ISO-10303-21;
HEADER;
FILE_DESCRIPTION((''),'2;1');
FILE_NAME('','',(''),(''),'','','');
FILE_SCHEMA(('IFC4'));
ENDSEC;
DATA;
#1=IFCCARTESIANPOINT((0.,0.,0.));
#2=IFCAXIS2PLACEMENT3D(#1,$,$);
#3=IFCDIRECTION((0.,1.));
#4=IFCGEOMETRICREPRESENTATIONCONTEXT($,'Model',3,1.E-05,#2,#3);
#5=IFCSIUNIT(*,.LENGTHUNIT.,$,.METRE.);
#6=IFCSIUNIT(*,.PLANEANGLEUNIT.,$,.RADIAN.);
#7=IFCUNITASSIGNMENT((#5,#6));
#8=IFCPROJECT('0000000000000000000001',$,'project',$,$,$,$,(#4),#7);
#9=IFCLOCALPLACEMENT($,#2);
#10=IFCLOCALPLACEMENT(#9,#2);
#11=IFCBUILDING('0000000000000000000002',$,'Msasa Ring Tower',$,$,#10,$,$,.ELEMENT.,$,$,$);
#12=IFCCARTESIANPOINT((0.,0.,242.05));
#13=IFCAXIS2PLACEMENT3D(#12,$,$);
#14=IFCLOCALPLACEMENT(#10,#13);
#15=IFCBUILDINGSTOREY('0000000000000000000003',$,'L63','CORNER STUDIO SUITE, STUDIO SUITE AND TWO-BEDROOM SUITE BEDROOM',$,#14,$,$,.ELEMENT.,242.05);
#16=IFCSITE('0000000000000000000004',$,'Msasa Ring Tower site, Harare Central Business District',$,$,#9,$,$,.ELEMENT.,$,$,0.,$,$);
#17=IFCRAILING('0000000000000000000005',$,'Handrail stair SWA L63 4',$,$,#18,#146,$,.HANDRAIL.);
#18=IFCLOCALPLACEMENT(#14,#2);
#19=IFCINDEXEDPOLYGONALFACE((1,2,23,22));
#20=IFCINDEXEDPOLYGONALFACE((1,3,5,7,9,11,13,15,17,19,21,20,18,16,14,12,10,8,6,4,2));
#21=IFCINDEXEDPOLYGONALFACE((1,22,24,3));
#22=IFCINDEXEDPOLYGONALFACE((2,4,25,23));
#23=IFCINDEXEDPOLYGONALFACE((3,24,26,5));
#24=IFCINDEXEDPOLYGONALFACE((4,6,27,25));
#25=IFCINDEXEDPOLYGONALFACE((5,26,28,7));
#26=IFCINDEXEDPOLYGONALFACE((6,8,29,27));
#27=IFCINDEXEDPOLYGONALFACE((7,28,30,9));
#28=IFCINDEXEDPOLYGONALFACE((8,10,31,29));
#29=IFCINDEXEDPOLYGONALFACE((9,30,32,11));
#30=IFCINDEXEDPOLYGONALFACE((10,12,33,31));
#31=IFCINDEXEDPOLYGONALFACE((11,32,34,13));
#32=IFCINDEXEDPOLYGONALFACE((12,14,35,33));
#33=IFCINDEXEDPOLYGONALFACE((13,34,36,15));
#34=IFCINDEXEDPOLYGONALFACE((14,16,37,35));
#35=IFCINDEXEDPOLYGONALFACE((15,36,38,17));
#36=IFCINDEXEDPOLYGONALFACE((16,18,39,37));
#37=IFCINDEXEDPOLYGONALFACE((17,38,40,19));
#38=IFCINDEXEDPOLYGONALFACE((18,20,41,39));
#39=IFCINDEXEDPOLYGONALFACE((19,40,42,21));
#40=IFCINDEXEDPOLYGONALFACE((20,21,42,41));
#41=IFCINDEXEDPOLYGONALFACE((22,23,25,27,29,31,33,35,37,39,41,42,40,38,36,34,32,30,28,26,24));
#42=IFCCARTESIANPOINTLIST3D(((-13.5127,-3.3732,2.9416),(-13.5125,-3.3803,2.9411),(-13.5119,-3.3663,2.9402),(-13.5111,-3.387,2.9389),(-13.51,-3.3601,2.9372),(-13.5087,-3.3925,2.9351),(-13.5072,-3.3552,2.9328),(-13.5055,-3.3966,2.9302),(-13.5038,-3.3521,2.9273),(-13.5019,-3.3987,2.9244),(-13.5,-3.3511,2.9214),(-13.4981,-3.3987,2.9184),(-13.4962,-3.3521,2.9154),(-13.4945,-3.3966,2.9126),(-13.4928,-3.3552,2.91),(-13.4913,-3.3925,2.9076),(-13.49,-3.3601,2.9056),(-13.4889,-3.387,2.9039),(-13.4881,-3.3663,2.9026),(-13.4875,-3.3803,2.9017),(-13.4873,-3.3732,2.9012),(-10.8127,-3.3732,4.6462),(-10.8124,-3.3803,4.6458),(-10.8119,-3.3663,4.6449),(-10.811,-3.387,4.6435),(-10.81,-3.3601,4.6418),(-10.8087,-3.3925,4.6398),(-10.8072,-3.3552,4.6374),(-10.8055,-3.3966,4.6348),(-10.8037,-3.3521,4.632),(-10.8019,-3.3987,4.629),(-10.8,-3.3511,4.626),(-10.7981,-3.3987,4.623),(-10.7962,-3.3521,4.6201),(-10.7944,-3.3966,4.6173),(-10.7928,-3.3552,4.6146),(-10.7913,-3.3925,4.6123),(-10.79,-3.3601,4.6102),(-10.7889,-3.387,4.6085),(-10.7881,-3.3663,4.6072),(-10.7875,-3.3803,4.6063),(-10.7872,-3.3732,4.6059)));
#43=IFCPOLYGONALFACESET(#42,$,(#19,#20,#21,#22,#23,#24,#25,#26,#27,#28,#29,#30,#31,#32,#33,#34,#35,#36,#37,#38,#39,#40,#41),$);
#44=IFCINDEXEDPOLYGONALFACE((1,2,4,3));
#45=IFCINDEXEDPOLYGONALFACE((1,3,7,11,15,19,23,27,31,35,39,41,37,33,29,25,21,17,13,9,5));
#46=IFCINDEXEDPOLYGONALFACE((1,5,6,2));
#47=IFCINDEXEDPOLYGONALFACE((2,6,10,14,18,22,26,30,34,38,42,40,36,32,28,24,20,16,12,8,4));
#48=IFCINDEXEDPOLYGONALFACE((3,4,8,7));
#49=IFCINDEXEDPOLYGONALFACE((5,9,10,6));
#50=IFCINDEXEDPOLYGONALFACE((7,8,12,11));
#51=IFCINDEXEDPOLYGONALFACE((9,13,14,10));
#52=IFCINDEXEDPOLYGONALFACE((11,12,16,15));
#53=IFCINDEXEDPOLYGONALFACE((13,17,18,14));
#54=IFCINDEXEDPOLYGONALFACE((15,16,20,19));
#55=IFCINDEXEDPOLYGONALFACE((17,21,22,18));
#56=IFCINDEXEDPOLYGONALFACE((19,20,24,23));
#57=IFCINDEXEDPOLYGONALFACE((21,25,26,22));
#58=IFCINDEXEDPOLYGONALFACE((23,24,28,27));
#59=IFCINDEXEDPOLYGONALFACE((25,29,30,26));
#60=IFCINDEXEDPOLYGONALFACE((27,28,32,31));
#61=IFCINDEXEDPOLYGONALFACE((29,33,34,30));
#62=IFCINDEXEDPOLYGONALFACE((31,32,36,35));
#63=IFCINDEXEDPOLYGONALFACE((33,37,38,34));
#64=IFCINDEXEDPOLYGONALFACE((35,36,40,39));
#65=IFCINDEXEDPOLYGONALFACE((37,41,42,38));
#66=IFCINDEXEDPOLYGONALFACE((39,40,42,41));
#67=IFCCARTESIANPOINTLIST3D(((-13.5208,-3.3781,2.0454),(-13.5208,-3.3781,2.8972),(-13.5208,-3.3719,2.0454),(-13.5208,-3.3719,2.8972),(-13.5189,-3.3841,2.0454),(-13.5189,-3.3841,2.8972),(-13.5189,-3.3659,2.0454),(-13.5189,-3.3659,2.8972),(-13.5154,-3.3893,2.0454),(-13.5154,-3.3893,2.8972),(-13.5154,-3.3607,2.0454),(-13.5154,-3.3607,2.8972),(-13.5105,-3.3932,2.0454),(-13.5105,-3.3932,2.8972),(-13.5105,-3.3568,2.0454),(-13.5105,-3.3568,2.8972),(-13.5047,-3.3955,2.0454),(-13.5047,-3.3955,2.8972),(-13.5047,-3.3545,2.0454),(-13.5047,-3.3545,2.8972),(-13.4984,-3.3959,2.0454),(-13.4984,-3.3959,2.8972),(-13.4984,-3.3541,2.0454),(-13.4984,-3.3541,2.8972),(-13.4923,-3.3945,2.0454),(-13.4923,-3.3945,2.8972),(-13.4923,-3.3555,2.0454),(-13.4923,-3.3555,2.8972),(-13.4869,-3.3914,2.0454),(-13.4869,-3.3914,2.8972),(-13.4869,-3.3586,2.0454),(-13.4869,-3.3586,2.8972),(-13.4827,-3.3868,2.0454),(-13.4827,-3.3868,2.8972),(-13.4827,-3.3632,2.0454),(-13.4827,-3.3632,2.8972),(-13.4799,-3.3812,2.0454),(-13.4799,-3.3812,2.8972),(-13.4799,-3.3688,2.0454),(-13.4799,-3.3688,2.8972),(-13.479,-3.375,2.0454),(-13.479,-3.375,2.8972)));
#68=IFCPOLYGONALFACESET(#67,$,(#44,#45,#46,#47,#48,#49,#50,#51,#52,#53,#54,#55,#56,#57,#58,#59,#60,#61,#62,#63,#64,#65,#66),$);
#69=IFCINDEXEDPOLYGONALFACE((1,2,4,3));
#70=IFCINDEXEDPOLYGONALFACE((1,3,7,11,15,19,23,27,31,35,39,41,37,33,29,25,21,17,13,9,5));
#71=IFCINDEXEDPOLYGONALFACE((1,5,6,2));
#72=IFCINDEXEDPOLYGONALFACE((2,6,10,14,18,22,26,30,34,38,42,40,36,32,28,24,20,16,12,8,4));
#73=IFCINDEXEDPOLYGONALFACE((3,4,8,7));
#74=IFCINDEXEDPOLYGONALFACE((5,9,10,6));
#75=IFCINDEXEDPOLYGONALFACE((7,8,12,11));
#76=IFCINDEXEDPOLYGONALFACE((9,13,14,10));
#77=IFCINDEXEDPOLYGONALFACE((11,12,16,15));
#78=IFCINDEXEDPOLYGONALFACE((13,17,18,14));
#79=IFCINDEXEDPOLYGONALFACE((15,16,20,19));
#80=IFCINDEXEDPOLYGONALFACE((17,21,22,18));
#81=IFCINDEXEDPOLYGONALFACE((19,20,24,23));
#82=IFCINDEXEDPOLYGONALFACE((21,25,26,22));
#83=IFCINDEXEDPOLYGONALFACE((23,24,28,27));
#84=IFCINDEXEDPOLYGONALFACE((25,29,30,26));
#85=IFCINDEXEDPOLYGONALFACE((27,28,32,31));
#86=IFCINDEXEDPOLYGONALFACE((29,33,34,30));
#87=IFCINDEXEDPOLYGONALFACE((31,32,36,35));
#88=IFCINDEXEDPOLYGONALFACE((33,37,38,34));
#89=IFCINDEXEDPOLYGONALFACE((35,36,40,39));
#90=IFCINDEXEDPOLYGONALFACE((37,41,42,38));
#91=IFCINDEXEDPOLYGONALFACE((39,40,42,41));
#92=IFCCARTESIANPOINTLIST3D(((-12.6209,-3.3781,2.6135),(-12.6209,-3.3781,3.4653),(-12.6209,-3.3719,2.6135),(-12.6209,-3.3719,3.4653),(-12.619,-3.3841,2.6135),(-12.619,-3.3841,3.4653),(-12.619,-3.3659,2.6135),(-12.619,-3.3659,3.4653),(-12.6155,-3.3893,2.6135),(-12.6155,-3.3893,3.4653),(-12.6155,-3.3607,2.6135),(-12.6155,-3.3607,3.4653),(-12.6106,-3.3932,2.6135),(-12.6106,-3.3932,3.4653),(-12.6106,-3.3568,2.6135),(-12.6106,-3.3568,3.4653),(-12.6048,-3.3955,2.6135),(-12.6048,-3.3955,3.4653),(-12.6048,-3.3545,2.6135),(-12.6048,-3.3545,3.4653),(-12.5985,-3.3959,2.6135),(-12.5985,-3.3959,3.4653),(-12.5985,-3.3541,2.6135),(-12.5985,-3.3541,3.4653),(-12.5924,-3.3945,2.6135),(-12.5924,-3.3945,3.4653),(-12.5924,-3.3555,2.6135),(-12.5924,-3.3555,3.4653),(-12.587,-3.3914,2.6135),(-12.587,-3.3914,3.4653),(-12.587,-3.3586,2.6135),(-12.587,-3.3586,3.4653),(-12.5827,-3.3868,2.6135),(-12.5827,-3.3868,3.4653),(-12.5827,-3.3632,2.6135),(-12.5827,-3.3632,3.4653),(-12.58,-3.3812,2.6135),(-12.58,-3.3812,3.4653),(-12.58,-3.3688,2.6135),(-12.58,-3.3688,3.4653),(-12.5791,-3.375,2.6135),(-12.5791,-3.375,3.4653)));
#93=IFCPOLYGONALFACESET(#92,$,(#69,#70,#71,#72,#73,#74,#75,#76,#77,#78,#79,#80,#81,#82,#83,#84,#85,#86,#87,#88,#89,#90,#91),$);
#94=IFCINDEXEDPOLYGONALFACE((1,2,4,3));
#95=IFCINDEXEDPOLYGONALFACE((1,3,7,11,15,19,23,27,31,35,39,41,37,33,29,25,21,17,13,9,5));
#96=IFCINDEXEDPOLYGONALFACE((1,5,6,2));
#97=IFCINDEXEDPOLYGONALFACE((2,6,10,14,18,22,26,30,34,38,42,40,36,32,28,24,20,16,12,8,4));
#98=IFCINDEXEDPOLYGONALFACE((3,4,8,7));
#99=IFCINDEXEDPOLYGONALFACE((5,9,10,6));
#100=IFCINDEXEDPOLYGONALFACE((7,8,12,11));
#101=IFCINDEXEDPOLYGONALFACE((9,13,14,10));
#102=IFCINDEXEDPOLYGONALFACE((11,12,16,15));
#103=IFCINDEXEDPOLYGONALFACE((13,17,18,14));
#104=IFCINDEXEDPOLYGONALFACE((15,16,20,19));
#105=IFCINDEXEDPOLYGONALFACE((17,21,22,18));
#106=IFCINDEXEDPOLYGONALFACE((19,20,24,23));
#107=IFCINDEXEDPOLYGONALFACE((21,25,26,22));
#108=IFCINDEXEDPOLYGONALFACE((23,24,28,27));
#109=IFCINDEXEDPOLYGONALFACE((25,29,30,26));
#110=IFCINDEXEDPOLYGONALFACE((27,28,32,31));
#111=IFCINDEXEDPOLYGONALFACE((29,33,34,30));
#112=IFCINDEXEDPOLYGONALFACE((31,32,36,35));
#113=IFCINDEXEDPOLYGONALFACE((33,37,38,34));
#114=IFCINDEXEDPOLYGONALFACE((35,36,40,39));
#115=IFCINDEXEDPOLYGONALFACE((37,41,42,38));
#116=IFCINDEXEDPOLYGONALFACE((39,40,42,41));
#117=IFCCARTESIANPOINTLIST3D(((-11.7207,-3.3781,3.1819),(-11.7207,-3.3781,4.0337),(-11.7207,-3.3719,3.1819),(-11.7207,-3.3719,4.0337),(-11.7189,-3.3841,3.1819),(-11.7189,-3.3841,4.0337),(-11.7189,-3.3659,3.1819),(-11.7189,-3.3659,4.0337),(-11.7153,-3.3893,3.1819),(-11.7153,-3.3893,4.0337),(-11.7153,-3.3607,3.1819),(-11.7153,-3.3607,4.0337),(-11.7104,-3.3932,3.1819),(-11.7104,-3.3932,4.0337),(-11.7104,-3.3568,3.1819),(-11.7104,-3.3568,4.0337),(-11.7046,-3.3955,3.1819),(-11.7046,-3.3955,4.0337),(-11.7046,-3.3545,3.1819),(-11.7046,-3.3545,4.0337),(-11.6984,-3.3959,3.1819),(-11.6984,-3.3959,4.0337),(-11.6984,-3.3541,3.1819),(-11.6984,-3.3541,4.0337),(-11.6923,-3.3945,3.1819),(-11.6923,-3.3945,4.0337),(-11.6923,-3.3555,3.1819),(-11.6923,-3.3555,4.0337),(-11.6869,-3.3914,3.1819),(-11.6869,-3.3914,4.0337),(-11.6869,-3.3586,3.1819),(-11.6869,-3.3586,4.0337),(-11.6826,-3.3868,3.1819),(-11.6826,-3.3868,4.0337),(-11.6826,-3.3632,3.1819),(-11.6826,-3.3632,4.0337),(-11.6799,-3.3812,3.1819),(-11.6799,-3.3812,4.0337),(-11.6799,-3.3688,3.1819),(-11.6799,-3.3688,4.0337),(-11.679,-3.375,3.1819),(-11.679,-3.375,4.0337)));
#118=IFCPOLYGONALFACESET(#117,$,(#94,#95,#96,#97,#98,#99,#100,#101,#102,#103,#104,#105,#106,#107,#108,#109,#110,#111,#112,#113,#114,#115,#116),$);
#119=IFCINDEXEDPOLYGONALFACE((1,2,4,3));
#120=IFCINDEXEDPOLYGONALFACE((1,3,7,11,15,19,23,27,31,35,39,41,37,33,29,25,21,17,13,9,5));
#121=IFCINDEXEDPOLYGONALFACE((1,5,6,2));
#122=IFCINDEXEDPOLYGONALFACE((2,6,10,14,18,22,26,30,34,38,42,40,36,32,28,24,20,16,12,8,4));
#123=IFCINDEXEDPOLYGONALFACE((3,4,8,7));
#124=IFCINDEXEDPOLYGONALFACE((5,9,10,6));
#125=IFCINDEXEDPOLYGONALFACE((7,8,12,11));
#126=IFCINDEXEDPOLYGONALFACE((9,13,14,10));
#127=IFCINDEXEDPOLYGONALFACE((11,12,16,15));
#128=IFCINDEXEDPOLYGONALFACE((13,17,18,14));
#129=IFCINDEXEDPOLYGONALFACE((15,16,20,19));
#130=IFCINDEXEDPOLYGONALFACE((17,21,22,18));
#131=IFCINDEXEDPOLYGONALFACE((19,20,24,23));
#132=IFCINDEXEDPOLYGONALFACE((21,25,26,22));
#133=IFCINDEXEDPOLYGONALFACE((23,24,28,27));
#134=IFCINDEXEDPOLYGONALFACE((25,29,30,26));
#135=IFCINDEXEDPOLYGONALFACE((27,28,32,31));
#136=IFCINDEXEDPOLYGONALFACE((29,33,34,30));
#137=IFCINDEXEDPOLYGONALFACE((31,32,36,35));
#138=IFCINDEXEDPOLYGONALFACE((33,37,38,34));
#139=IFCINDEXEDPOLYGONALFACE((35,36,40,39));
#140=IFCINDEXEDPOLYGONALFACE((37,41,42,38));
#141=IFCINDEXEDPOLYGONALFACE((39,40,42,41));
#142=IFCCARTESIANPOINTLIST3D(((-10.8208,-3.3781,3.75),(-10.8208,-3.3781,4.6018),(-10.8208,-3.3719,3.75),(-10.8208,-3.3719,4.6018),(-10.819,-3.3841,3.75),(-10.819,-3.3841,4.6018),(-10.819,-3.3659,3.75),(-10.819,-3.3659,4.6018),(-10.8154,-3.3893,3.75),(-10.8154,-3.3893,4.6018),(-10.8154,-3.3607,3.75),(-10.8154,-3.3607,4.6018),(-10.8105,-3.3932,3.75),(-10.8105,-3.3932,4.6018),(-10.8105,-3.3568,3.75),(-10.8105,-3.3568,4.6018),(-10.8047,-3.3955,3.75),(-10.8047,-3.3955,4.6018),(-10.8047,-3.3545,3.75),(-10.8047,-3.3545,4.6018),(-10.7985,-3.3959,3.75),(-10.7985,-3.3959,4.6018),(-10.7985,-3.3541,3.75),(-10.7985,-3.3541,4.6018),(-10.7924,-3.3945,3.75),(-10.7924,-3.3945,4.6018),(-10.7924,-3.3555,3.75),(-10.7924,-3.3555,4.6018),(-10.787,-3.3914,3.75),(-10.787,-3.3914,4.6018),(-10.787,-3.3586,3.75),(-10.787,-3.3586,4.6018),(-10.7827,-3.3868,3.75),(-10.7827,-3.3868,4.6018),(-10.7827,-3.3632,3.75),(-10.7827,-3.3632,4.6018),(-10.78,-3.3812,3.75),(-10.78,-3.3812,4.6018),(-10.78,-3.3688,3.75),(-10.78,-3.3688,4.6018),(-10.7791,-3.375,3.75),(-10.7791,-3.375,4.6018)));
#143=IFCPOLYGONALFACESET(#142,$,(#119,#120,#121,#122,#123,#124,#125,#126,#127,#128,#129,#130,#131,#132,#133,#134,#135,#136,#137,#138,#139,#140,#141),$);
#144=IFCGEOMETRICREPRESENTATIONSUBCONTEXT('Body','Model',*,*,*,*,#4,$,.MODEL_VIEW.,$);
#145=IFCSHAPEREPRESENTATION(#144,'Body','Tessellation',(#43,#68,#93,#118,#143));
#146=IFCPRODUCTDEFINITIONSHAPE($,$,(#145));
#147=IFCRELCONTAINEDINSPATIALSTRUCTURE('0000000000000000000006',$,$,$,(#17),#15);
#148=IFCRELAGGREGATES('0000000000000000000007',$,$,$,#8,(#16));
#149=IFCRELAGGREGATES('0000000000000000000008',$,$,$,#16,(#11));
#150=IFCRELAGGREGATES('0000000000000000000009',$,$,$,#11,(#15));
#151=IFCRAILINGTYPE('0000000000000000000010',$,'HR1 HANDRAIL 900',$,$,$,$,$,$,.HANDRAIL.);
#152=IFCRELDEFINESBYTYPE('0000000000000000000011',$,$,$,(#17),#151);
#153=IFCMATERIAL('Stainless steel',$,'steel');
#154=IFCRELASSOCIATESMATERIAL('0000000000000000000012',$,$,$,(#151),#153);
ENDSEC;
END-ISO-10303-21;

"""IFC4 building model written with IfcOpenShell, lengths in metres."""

from ifc_helpers import new_model, si_unit, direction, frame, origin, origin_2d, place, context, subcontext, project, spatial, circle, extrude, material, type_object, element, save


model = new_model("IFC4")

# Units and contexts
model_context = context("Model", 3, precision=1e-05, world=origin(), true_north=direction((0.0, 1.0)))
body_context = subcontext(model_context, "Body", "Model", "MODEL_VIEW")
ifc_project = project(units=[si_unit("LENGTHUNIT", "METRE"), si_unit("PLANEANGLEUNIT", "RADIAN")], contexts=[model_context])

# Site, building, storey
site_placement = place(None, origin())
site = spatial("IfcSite", under=ifc_project, at=site_placement, Name="Msasa Ring Tower site, Harare Central Business District", CompositionType="ELEMENT", RefElevation=0.0)
building_placement = place(site_placement, origin())
building = spatial("IfcBuilding", under=site, at=building_placement, Name="Msasa Ring Tower", CompositionType="ELEMENT")
storey_placement = place(building_placement, frame((0.0, 0.0, 242.05)))
storey = spatial("IfcBuildingStorey", under=building, at=storey_placement, Name="L63", Description="CORNER STUDIO SUITE, STUDIO SUITE AND TWO-BEDROOM SUITE BEDROOM", CompositionType="ELEMENT", Elevation=242.05)

# Railing
ifc_material_1 = material(Name="Stainless steel", Category="steel")
railing_type = type_object("IfcRailingType", Name="HR1 HANDRAIL 900", PredefinedType="HANDRAIL", material=ifc_material_1)
for number, where, name in (
    (1, (-13.5, -3.375, 2.0454), "Handrail stair SWA L63 4"),
):
    element("IfcRailing", number, at=place(storey_placement, frame(where)), inside=storey, type_object=railing_type, Name=name, PredefinedType="HANDRAIL", context=body_context, shape_type="SweptSolid", body=[
        extrude(circle(Radius=0.0239, at=origin_2d()), frame((0.0, 0.0, 0.876), z_axis=(0.84558, 0.0, 0.533849), x_axis=(0.0, 1.0, 0.0)), (0.0, 0.0, 1.0), 3.1931),
        extrude(circle(Radius=0.021, at=origin_2d()), origin(), (0.0, 0.0, 1.0), 0.8518),
        extrude(circle(Radius=0.021, at=origin_2d()), frame((0.8999, 0.0, 0.5681)), (0.0, 0.0, 1.0), 0.8518),
        extrude(circle(Radius=0.021, at=origin_2d()), frame((1.8, 0.0, 1.1365)), (0.0, 0.0, 1.0), 0.8518),
        extrude(circle(Radius=0.021, at=origin_2d()), frame((2.7, 0.0, 1.7046)), (0.0, 0.0, 1.0), 0.8518),
    ])

save(model, "model.ifc")
